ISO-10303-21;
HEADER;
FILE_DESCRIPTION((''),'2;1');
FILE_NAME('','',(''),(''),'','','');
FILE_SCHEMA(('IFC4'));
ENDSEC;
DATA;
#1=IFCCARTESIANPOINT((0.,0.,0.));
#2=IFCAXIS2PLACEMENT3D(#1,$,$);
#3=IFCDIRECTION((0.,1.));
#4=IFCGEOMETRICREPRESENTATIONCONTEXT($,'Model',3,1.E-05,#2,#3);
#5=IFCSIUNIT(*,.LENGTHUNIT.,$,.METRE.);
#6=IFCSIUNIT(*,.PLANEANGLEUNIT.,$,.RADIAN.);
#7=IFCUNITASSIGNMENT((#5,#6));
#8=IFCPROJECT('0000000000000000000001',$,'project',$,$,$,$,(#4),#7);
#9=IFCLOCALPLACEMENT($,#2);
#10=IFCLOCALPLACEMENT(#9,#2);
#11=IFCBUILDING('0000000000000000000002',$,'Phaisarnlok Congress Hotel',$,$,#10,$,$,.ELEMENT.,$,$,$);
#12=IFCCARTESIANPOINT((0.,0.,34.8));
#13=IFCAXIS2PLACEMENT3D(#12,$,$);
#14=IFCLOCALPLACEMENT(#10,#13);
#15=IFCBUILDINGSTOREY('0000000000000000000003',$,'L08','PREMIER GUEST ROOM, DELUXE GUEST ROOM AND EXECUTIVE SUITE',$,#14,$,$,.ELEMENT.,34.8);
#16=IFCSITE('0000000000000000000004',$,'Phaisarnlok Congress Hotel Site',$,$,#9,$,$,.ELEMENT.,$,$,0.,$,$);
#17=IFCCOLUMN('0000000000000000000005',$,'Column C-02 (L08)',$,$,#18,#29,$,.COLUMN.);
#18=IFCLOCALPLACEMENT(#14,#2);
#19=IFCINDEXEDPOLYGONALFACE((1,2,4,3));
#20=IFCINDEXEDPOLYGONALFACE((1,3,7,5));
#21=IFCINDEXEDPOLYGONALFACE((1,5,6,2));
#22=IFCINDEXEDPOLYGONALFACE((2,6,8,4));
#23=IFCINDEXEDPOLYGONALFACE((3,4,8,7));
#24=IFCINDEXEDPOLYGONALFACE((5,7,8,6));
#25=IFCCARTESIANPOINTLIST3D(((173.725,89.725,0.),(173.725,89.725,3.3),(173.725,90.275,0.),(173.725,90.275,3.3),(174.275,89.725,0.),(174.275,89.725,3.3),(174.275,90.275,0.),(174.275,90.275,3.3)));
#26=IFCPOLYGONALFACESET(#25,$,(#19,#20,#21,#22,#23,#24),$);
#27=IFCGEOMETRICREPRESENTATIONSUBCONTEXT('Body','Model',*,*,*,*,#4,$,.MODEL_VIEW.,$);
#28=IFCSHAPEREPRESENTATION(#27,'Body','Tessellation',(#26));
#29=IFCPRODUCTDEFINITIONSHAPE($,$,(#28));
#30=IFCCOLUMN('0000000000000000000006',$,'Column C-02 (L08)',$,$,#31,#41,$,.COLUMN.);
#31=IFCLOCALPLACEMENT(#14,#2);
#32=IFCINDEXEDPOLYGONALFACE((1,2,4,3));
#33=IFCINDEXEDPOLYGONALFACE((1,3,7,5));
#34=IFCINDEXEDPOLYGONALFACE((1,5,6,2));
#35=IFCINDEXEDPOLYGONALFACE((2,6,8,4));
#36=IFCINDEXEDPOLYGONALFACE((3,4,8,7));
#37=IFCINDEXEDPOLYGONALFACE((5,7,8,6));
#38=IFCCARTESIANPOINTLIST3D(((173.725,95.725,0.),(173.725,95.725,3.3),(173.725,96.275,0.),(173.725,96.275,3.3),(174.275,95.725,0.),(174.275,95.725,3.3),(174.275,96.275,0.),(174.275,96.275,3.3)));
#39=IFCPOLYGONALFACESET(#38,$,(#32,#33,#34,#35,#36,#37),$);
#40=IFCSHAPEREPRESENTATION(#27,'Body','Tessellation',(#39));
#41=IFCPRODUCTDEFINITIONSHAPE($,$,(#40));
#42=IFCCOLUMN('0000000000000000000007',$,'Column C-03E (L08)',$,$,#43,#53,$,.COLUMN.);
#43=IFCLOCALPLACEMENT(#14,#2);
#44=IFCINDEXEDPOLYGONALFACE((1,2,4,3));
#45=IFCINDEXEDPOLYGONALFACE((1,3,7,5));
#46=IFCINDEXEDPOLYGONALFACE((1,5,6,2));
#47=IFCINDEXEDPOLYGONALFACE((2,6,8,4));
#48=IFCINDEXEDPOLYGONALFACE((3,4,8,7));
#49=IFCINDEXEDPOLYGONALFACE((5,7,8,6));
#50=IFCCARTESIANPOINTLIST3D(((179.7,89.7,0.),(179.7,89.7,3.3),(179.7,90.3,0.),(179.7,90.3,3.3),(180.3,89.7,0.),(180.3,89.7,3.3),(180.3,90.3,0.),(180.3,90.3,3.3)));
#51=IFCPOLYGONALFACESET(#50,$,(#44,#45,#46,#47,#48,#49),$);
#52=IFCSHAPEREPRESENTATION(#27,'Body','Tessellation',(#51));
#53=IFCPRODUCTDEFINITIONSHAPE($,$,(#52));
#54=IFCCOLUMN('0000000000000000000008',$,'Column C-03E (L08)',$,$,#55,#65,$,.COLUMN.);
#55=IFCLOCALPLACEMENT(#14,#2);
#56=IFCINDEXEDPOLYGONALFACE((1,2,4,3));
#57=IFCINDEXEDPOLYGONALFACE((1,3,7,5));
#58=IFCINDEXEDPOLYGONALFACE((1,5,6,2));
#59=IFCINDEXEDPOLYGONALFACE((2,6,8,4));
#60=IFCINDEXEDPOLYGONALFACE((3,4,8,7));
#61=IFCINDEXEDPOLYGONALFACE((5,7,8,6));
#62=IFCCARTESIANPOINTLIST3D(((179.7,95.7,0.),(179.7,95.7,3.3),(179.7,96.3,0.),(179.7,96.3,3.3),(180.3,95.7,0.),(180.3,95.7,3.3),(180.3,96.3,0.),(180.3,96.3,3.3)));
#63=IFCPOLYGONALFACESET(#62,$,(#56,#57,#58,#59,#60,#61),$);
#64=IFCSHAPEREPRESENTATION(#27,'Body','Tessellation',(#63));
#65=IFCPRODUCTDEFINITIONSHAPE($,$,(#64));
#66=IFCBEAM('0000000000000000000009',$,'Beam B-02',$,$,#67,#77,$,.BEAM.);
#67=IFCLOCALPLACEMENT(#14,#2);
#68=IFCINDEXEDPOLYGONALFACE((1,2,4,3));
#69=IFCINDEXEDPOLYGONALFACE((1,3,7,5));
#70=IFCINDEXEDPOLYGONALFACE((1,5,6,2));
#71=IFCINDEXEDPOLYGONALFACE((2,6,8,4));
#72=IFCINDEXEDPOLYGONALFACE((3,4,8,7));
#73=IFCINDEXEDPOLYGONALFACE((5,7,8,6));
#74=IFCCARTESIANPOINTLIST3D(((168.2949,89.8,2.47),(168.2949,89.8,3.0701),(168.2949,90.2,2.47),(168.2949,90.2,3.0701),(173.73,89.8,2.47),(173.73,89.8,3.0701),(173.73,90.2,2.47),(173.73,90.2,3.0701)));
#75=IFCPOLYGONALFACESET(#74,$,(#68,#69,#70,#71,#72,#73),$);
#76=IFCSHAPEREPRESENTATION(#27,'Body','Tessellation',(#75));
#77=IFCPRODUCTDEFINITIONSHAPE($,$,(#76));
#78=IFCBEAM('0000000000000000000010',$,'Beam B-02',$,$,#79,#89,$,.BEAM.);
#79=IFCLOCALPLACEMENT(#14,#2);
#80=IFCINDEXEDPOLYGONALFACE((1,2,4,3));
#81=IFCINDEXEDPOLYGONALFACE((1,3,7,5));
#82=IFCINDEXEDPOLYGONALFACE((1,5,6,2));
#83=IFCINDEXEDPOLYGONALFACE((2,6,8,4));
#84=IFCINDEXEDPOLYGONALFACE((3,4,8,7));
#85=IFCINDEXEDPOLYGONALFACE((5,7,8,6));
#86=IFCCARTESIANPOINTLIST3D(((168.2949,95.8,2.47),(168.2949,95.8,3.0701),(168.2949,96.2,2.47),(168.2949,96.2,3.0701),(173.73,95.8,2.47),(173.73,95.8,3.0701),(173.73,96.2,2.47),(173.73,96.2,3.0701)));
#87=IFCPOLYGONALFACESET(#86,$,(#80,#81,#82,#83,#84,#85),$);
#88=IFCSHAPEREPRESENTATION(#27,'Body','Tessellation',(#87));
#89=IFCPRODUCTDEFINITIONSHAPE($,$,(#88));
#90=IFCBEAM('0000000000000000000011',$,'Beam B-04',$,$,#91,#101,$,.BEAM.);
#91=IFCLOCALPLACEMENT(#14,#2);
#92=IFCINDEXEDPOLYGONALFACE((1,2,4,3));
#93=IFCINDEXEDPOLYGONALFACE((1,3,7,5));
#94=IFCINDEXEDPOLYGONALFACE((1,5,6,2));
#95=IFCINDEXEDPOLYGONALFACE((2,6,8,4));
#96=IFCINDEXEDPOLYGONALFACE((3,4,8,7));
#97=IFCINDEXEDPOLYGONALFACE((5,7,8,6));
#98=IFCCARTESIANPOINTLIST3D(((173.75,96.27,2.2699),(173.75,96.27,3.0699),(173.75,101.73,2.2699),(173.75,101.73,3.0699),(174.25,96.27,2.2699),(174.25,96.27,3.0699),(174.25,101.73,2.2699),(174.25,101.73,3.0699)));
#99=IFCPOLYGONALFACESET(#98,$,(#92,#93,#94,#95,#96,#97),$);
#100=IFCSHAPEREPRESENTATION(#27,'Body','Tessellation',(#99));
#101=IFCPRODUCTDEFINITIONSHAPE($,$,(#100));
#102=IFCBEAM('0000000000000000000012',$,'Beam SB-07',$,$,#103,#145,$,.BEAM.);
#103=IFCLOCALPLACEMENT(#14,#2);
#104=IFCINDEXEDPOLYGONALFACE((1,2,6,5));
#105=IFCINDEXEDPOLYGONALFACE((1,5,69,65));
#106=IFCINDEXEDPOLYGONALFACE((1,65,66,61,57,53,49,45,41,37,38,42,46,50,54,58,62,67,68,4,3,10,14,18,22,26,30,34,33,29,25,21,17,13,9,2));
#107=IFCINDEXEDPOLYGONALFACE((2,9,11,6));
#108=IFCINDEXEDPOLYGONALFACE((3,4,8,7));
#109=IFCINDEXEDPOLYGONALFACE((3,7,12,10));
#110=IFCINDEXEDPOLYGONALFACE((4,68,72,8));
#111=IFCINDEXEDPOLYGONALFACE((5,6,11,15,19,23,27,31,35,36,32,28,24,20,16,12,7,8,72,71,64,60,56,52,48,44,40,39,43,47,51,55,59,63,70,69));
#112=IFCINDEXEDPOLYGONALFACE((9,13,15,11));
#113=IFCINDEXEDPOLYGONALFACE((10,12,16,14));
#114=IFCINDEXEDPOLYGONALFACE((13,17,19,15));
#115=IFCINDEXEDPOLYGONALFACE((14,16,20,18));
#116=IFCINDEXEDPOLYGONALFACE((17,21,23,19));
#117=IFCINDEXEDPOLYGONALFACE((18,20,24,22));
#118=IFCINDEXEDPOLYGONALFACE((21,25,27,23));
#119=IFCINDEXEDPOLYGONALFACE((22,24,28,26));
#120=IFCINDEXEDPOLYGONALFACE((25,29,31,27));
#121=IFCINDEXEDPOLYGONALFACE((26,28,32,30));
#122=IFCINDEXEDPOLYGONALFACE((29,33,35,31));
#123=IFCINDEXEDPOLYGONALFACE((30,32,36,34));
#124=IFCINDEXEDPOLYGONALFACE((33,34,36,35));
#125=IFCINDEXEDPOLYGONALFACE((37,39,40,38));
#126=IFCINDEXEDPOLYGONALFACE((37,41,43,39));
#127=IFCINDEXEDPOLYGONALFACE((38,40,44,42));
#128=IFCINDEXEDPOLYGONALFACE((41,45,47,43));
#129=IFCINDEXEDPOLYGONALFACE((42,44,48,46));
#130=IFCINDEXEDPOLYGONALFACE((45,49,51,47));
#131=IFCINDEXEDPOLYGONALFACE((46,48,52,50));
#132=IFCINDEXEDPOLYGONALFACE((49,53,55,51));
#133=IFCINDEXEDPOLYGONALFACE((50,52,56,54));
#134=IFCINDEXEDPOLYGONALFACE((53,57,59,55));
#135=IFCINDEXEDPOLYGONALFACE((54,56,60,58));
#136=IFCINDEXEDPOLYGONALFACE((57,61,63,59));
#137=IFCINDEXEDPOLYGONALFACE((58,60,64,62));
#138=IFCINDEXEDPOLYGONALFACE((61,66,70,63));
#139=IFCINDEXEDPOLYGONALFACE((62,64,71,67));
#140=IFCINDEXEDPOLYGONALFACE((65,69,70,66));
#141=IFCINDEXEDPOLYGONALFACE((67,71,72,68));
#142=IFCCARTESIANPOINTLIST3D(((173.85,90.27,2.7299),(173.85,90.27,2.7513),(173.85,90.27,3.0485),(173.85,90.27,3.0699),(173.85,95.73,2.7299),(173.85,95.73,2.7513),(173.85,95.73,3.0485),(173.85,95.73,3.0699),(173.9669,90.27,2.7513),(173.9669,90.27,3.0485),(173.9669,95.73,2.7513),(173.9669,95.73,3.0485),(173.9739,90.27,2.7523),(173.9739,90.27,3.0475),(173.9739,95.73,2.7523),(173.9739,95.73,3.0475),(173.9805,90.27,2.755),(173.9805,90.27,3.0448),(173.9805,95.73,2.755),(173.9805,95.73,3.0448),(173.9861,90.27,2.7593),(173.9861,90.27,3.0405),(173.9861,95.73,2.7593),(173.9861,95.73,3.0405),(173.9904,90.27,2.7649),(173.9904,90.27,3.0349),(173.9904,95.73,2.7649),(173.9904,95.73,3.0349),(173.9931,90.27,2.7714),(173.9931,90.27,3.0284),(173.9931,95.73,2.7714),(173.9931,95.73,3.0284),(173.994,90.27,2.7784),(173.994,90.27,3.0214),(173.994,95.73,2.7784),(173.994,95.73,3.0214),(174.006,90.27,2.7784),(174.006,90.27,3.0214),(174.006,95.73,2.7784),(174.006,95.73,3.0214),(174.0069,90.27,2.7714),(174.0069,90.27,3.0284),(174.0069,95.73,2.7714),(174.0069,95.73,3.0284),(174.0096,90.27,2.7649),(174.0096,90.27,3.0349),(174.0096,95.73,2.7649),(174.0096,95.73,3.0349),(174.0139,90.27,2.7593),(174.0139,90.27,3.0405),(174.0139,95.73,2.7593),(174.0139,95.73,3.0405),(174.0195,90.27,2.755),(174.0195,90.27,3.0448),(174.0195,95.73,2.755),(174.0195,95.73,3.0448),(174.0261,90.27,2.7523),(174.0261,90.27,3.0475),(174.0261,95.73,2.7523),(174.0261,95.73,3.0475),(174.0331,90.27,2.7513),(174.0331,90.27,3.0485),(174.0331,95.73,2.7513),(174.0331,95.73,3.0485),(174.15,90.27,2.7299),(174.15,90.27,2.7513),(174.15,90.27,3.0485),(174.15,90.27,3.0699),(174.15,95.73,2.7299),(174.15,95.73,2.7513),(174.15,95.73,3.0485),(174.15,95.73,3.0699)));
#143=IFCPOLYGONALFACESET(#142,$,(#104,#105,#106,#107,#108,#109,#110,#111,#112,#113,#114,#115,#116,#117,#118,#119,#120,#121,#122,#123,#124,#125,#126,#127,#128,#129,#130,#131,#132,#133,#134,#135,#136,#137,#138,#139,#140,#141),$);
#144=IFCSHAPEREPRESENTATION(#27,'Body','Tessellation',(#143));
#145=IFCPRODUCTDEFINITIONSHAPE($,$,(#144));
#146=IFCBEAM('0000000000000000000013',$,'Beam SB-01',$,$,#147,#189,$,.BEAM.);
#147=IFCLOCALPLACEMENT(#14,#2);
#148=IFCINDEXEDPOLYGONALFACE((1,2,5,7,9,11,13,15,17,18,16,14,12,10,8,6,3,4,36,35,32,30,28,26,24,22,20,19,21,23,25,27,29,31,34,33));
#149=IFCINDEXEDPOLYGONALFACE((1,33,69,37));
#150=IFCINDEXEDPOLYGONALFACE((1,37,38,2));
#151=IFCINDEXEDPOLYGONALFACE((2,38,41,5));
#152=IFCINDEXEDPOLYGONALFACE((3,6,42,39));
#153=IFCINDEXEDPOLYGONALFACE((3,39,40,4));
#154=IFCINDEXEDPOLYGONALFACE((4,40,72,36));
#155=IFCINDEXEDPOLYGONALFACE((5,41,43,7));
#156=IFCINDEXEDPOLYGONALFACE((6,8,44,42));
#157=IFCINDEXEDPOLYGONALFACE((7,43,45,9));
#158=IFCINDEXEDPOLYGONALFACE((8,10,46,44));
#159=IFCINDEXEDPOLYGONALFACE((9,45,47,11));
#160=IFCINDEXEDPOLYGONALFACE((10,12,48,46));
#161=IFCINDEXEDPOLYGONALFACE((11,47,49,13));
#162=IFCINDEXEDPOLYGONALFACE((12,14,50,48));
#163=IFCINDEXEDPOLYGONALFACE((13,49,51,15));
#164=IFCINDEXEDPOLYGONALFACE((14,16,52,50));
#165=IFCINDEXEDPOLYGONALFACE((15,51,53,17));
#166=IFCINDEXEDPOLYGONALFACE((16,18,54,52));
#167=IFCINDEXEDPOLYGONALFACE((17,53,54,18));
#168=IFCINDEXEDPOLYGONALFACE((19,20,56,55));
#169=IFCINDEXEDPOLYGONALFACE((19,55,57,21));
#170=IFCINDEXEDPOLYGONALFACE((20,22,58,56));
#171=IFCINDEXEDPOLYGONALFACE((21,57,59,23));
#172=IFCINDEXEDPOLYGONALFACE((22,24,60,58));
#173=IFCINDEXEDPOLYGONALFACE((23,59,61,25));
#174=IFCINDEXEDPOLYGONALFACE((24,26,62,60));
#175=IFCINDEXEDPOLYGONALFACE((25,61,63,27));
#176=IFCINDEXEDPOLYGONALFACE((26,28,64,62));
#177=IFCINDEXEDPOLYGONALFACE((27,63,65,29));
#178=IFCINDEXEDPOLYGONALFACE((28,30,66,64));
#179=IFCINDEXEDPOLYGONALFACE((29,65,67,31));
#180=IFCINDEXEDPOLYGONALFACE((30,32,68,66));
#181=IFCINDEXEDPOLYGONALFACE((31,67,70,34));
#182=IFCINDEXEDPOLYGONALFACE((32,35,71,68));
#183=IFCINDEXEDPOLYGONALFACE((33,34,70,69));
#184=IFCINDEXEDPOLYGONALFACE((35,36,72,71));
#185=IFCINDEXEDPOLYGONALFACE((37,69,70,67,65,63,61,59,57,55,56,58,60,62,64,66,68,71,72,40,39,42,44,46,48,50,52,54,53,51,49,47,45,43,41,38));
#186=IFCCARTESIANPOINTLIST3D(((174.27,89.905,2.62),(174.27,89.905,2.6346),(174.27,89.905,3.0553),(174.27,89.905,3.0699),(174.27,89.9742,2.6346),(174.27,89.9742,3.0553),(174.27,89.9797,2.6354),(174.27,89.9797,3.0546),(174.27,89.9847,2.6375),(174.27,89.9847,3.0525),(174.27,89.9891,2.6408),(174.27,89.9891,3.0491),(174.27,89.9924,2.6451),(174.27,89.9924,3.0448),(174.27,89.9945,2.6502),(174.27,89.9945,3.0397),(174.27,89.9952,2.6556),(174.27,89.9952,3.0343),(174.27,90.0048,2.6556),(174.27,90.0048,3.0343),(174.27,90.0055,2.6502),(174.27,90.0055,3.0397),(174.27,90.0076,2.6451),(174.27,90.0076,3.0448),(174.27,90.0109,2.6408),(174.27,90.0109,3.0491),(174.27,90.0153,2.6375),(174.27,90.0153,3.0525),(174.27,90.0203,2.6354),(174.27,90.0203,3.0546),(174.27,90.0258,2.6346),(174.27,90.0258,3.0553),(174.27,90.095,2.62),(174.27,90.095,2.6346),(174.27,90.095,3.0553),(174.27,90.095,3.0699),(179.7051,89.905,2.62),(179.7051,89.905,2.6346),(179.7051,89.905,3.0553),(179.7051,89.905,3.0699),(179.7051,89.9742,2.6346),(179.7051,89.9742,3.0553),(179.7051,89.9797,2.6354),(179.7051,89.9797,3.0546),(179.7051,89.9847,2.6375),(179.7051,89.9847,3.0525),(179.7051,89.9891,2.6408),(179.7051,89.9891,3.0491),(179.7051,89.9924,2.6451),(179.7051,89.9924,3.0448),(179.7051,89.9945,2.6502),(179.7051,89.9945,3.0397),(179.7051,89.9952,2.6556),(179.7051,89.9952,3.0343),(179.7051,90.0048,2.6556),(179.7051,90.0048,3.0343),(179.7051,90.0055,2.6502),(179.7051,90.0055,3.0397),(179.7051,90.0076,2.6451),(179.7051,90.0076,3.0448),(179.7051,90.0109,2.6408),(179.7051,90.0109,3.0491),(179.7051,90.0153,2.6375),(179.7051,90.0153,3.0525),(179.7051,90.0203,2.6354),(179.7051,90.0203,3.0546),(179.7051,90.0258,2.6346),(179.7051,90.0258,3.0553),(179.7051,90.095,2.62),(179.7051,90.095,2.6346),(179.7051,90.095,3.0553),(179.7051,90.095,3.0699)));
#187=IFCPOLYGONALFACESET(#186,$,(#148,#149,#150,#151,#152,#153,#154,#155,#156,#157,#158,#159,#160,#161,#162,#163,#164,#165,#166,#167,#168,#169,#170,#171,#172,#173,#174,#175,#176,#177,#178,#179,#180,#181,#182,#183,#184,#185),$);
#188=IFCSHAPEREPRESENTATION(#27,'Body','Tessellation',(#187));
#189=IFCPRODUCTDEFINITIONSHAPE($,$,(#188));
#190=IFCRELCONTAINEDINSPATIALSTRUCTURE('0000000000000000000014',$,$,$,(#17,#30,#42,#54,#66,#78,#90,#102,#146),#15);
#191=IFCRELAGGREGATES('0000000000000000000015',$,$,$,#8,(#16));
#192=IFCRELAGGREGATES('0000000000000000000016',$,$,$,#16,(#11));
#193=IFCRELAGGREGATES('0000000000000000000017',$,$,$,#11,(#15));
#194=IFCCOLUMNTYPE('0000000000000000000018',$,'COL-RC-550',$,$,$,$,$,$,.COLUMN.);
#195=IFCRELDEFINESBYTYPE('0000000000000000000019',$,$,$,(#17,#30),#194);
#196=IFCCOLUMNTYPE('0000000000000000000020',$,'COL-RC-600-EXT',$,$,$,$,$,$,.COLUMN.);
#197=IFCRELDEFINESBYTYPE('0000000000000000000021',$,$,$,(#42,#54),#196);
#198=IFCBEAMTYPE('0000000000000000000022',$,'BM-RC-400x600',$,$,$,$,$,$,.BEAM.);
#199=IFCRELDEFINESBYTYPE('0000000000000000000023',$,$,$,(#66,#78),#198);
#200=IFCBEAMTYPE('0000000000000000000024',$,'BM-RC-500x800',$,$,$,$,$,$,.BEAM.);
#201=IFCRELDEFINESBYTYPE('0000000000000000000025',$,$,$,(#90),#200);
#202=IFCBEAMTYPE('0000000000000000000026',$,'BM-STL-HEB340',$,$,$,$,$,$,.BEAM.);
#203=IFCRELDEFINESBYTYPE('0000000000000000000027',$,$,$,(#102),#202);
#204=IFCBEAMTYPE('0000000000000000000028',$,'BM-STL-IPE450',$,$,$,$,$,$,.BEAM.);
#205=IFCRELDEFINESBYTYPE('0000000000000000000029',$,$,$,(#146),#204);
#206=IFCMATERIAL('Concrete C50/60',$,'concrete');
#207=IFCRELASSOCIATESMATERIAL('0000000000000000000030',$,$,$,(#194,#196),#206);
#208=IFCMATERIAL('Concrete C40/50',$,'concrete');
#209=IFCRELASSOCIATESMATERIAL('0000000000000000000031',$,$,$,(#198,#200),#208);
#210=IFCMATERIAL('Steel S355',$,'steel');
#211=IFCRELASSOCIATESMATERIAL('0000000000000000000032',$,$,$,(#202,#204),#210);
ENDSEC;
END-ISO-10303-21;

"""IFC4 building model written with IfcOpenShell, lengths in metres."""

from ifc_helpers import new_model, si_unit, direction, frame, origin, origin_2d, place, context, subcontext, project, spatial, rectangle, i_section, extrude, material, material_profile, profile_set, type_object, element, save


model = new_model("IFC4")

# Units and contexts
model_context = context("Model", 3, precision=1e-05, world=origin(), true_north=direction((0.0, 1.0)))
body_context = subcontext(model_context, "Body", "Model", "MODEL_VIEW")
ifc_project = project(units=[si_unit("LENGTHUNIT", "METRE"), si_unit("PLANEANGLEUNIT", "RADIAN")], contexts=[model_context])

# Site, building, storey
site_placement = place(None, origin())
site = spatial("IfcSite", under=ifc_project, at=site_placement, Name="Phaisarnlok Congress Hotel Site", CompositionType="ELEMENT", RefElevation=0.0)
building_placement = place(site_placement, origin())
building = spatial("IfcBuilding", under=site, at=building_placement, Name="Phaisarnlok Congress Hotel", CompositionType="ELEMENT")
storey_placement = place(building_placement, frame((0.0, 0.0, 34.8)))
storey = spatial("IfcBuildingStorey", under=building, at=storey_placement, Name="L08", Description="PREMIER GUEST ROOM, DELUXE GUEST ROOM AND EXECUTIVE SUITE", CompositionType="ELEMENT", Elevation=34.8)

# Columns
ifc_material_1 = material(Name="Concrete C50/60", Category="concrete")
ifc_material_profile_1 = material_profile(ifc_material_1, rectangle(XDim=0.55, YDim=0.55, at=origin_2d()), Name="RC 550x550")
ifc_profile_set_1 = profile_set([ifc_material_profile_1], Name="Concrete C50/60")
column_type_1 = type_object("IfcColumnType", Name="COL-RC-550", PredefinedType="COLUMN", material=ifc_profile_set_1)
for number, where, z_axis, x_axis, name in (
    (1, (174.0, 90.0, 0.0), (0.0, 0.0, 1.0), (1.0, 0.0, 0.0), "Column C-02 (L08)"),
    (2, (174.0, 96.0, 0.0), (0.0, 0.0, 1.0), (1.0, 0.0, 0.0), "Column C-02 (L08)"),
):
    element("IfcColumn", number, at=place(storey_placement, frame(where, z_axis=z_axis, x_axis=x_axis)), inside=storey, type_object=column_type_1, Name=name, PredefinedType="COLUMN", context=body_context, shape_type="SweptSolid", body=[
        extrude(rectangle(XDim=0.55, YDim=0.55, at=origin_2d()), origin(), (0.0, 0.0, 1.0), 3.3),
    ])
ifc_material_profile_2 = material_profile(ifc_material_1, rectangle(XDim=0.6001, YDim=0.6001, at=origin_2d()), Name="RC 600x600")
ifc_profile_set_2 = profile_set([ifc_material_profile_2], Name="Concrete C50/60")
column_type_2 = type_object("IfcColumnType", Name="COL-RC-600-EXT", PredefinedType="COLUMN", material=ifc_profile_set_2)
for number, where, z_axis, x_axis, name in (
    (3, (180.0, 90.0, 0.0), (0.0, 0.0, 1.0), (1.0, 0.0, 0.0), "Column C-03E (L08)"),
    (4, (180.0, 96.0, 0.0), (0.0, 0.0, 1.0), (1.0, 0.0, 0.0), "Column C-03E (L08)"),
):
    element("IfcColumn", number, at=place(storey_placement, frame(where, z_axis=z_axis, x_axis=x_axis)), inside=storey, type_object=column_type_2, Name=name, PredefinedType="COLUMN", context=body_context, shape_type="SweptSolid", body=[
        extrude(rectangle(XDim=0.6001, YDim=0.6001, at=origin_2d()), origin(), (0.0, 0.0, 1.0), 3.3),
    ])

# Beams
ifc_material_2 = material(Name="Concrete C40/50", Category="concrete")
ifc_material_profile_3 = material_profile(ifc_material_2, rectangle(XDim=0.3999, YDim=0.6001, at=origin_2d()), Name="RC 400x600")
ifc_profile_set_3 = profile_set([ifc_material_profile_3], Name="Concrete C40/50")
beam_type_1 = type_object("IfcBeamType", Name="BM-RC-400x600", PredefinedType="BEAM", material=ifc_profile_set_3)
for number, where, z_axis, x_axis, name in (
    (5, (168.2949, 90.0, 2.77), (1.0, 0.0, 0.0), (0.0, 1.0, 0.0), "Beam B-02"),
    (6, (168.2949, 96.0, 2.77), (1.0, 0.0, 0.0), (0.0, 1.0, 0.0), "Beam B-02"),
):
    element("IfcBeam", number, at=place(storey_placement, frame(where, z_axis=z_axis, x_axis=x_axis)), inside=storey, type_object=beam_type_1, Name=name, PredefinedType="BEAM", context=body_context, shape_type="SweptSolid", body=[
        extrude(rectangle(XDim=0.3999, YDim=0.6001, at=origin_2d()), origin(), (0.0, 0.0, 1.0), 5.4351),
    ])
ifc_material_profile_4 = material_profile(ifc_material_2, rectangle(XDim=0.5, YDim=0.8, at=origin_2d()), Name="RC 500x800")
ifc_profile_set_4 = profile_set([ifc_material_profile_4], Name="Concrete C40/50")
beam_type_2 = type_object("IfcBeamType", Name="BM-RC-500x800", PredefinedType="BEAM", material=ifc_profile_set_4)
beam_1_placement = place(storey_placement, frame((174.0, 96.27, 2.6699), z_axis=(0.0, 1.0, 0.0), x_axis=(-1.0, 0.0, 0.0)))
element("IfcBeam", 7, at=beam_1_placement, inside=storey, type_object=beam_type_2, Name="Beam B-04", PredefinedType="BEAM", context=body_context, shape_type="SweptSolid", body=[
    extrude(rectangle(XDim=0.5, YDim=0.8, at=origin_2d()), origin(), (0.0, 0.0, 1.0), 5.46),
])
ifc_material_3 = material(Name="Steel S355", Category="steel")
ifc_material_profile_5 = material_profile(ifc_material_3, i_section(OverallWidth=0.3, OverallDepth=0.3401, WebThickness=0.012, FlangeThickness=0.0215, FilletRadius=0.0271, at=origin_2d()), Name="HEB 340")
ifc_profile_set_5 = profile_set([ifc_material_profile_5], Name="Steel S355")
beam_type_3 = type_object("IfcBeamType", Name="BM-STL-HEB340", PredefinedType="BEAM", material=ifc_profile_set_5)
beam_2_placement = place(storey_placement, frame((174.0, 90.27, 2.8999), z_axis=(0.0, 1.0, 0.0), x_axis=(-1.0, 0.0, 0.0)))
element("IfcBeam", 8, at=beam_2_placement, inside=storey, type_object=beam_type_3, Name="Beam SB-07", PredefinedType="BEAM", context=body_context, shape_type="SweptSolid", body=[
    extrude(i_section(OverallWidth=0.3, OverallDepth=0.3401, WebThickness=0.012, FlangeThickness=0.0215, FilletRadius=0.0271, at=origin_2d()), origin(), (0.0, 0.0, 1.0), 5.46),
])
ifc_material_profile_6 = material_profile(ifc_material_3, i_section(OverallWidth=0.1899, OverallDepth=0.45, WebThickness=0.0095, FlangeThickness=0.0146, FilletRadius=0.021, at=origin_2d()), Name="IPE 450")
ifc_profile_set_6 = profile_set([ifc_material_profile_6], Name="Steel S355")
beam_type_4 = type_object("IfcBeamType", Name="BM-STL-IPE450", PredefinedType="BEAM", material=ifc_profile_set_6)
for number, where, z_axis, x_axis, name in (
    (9, (174.27, 90.0, 2.845), (1.0, 0.0, 0.0), (0.0, 1.0, 0.0), "Beam SB-01"),
):
    element("IfcBeam", number, at=place(storey_placement, frame(where, z_axis=z_axis, x_axis=x_axis)), inside=storey, type_object=beam_type_4, Name=name, PredefinedType="BEAM", context=body_context, shape_type="SweptSolid", body=[
        extrude(i_section(OverallWidth=0.1899, OverallDepth=0.45, WebThickness=0.0095, FlangeThickness=0.0146, FilletRadius=0.021, at=origin_2d()), origin(), (0.0, 0.0, 1.0), 5.4351),
    ])

save(model, "model.ifc")
